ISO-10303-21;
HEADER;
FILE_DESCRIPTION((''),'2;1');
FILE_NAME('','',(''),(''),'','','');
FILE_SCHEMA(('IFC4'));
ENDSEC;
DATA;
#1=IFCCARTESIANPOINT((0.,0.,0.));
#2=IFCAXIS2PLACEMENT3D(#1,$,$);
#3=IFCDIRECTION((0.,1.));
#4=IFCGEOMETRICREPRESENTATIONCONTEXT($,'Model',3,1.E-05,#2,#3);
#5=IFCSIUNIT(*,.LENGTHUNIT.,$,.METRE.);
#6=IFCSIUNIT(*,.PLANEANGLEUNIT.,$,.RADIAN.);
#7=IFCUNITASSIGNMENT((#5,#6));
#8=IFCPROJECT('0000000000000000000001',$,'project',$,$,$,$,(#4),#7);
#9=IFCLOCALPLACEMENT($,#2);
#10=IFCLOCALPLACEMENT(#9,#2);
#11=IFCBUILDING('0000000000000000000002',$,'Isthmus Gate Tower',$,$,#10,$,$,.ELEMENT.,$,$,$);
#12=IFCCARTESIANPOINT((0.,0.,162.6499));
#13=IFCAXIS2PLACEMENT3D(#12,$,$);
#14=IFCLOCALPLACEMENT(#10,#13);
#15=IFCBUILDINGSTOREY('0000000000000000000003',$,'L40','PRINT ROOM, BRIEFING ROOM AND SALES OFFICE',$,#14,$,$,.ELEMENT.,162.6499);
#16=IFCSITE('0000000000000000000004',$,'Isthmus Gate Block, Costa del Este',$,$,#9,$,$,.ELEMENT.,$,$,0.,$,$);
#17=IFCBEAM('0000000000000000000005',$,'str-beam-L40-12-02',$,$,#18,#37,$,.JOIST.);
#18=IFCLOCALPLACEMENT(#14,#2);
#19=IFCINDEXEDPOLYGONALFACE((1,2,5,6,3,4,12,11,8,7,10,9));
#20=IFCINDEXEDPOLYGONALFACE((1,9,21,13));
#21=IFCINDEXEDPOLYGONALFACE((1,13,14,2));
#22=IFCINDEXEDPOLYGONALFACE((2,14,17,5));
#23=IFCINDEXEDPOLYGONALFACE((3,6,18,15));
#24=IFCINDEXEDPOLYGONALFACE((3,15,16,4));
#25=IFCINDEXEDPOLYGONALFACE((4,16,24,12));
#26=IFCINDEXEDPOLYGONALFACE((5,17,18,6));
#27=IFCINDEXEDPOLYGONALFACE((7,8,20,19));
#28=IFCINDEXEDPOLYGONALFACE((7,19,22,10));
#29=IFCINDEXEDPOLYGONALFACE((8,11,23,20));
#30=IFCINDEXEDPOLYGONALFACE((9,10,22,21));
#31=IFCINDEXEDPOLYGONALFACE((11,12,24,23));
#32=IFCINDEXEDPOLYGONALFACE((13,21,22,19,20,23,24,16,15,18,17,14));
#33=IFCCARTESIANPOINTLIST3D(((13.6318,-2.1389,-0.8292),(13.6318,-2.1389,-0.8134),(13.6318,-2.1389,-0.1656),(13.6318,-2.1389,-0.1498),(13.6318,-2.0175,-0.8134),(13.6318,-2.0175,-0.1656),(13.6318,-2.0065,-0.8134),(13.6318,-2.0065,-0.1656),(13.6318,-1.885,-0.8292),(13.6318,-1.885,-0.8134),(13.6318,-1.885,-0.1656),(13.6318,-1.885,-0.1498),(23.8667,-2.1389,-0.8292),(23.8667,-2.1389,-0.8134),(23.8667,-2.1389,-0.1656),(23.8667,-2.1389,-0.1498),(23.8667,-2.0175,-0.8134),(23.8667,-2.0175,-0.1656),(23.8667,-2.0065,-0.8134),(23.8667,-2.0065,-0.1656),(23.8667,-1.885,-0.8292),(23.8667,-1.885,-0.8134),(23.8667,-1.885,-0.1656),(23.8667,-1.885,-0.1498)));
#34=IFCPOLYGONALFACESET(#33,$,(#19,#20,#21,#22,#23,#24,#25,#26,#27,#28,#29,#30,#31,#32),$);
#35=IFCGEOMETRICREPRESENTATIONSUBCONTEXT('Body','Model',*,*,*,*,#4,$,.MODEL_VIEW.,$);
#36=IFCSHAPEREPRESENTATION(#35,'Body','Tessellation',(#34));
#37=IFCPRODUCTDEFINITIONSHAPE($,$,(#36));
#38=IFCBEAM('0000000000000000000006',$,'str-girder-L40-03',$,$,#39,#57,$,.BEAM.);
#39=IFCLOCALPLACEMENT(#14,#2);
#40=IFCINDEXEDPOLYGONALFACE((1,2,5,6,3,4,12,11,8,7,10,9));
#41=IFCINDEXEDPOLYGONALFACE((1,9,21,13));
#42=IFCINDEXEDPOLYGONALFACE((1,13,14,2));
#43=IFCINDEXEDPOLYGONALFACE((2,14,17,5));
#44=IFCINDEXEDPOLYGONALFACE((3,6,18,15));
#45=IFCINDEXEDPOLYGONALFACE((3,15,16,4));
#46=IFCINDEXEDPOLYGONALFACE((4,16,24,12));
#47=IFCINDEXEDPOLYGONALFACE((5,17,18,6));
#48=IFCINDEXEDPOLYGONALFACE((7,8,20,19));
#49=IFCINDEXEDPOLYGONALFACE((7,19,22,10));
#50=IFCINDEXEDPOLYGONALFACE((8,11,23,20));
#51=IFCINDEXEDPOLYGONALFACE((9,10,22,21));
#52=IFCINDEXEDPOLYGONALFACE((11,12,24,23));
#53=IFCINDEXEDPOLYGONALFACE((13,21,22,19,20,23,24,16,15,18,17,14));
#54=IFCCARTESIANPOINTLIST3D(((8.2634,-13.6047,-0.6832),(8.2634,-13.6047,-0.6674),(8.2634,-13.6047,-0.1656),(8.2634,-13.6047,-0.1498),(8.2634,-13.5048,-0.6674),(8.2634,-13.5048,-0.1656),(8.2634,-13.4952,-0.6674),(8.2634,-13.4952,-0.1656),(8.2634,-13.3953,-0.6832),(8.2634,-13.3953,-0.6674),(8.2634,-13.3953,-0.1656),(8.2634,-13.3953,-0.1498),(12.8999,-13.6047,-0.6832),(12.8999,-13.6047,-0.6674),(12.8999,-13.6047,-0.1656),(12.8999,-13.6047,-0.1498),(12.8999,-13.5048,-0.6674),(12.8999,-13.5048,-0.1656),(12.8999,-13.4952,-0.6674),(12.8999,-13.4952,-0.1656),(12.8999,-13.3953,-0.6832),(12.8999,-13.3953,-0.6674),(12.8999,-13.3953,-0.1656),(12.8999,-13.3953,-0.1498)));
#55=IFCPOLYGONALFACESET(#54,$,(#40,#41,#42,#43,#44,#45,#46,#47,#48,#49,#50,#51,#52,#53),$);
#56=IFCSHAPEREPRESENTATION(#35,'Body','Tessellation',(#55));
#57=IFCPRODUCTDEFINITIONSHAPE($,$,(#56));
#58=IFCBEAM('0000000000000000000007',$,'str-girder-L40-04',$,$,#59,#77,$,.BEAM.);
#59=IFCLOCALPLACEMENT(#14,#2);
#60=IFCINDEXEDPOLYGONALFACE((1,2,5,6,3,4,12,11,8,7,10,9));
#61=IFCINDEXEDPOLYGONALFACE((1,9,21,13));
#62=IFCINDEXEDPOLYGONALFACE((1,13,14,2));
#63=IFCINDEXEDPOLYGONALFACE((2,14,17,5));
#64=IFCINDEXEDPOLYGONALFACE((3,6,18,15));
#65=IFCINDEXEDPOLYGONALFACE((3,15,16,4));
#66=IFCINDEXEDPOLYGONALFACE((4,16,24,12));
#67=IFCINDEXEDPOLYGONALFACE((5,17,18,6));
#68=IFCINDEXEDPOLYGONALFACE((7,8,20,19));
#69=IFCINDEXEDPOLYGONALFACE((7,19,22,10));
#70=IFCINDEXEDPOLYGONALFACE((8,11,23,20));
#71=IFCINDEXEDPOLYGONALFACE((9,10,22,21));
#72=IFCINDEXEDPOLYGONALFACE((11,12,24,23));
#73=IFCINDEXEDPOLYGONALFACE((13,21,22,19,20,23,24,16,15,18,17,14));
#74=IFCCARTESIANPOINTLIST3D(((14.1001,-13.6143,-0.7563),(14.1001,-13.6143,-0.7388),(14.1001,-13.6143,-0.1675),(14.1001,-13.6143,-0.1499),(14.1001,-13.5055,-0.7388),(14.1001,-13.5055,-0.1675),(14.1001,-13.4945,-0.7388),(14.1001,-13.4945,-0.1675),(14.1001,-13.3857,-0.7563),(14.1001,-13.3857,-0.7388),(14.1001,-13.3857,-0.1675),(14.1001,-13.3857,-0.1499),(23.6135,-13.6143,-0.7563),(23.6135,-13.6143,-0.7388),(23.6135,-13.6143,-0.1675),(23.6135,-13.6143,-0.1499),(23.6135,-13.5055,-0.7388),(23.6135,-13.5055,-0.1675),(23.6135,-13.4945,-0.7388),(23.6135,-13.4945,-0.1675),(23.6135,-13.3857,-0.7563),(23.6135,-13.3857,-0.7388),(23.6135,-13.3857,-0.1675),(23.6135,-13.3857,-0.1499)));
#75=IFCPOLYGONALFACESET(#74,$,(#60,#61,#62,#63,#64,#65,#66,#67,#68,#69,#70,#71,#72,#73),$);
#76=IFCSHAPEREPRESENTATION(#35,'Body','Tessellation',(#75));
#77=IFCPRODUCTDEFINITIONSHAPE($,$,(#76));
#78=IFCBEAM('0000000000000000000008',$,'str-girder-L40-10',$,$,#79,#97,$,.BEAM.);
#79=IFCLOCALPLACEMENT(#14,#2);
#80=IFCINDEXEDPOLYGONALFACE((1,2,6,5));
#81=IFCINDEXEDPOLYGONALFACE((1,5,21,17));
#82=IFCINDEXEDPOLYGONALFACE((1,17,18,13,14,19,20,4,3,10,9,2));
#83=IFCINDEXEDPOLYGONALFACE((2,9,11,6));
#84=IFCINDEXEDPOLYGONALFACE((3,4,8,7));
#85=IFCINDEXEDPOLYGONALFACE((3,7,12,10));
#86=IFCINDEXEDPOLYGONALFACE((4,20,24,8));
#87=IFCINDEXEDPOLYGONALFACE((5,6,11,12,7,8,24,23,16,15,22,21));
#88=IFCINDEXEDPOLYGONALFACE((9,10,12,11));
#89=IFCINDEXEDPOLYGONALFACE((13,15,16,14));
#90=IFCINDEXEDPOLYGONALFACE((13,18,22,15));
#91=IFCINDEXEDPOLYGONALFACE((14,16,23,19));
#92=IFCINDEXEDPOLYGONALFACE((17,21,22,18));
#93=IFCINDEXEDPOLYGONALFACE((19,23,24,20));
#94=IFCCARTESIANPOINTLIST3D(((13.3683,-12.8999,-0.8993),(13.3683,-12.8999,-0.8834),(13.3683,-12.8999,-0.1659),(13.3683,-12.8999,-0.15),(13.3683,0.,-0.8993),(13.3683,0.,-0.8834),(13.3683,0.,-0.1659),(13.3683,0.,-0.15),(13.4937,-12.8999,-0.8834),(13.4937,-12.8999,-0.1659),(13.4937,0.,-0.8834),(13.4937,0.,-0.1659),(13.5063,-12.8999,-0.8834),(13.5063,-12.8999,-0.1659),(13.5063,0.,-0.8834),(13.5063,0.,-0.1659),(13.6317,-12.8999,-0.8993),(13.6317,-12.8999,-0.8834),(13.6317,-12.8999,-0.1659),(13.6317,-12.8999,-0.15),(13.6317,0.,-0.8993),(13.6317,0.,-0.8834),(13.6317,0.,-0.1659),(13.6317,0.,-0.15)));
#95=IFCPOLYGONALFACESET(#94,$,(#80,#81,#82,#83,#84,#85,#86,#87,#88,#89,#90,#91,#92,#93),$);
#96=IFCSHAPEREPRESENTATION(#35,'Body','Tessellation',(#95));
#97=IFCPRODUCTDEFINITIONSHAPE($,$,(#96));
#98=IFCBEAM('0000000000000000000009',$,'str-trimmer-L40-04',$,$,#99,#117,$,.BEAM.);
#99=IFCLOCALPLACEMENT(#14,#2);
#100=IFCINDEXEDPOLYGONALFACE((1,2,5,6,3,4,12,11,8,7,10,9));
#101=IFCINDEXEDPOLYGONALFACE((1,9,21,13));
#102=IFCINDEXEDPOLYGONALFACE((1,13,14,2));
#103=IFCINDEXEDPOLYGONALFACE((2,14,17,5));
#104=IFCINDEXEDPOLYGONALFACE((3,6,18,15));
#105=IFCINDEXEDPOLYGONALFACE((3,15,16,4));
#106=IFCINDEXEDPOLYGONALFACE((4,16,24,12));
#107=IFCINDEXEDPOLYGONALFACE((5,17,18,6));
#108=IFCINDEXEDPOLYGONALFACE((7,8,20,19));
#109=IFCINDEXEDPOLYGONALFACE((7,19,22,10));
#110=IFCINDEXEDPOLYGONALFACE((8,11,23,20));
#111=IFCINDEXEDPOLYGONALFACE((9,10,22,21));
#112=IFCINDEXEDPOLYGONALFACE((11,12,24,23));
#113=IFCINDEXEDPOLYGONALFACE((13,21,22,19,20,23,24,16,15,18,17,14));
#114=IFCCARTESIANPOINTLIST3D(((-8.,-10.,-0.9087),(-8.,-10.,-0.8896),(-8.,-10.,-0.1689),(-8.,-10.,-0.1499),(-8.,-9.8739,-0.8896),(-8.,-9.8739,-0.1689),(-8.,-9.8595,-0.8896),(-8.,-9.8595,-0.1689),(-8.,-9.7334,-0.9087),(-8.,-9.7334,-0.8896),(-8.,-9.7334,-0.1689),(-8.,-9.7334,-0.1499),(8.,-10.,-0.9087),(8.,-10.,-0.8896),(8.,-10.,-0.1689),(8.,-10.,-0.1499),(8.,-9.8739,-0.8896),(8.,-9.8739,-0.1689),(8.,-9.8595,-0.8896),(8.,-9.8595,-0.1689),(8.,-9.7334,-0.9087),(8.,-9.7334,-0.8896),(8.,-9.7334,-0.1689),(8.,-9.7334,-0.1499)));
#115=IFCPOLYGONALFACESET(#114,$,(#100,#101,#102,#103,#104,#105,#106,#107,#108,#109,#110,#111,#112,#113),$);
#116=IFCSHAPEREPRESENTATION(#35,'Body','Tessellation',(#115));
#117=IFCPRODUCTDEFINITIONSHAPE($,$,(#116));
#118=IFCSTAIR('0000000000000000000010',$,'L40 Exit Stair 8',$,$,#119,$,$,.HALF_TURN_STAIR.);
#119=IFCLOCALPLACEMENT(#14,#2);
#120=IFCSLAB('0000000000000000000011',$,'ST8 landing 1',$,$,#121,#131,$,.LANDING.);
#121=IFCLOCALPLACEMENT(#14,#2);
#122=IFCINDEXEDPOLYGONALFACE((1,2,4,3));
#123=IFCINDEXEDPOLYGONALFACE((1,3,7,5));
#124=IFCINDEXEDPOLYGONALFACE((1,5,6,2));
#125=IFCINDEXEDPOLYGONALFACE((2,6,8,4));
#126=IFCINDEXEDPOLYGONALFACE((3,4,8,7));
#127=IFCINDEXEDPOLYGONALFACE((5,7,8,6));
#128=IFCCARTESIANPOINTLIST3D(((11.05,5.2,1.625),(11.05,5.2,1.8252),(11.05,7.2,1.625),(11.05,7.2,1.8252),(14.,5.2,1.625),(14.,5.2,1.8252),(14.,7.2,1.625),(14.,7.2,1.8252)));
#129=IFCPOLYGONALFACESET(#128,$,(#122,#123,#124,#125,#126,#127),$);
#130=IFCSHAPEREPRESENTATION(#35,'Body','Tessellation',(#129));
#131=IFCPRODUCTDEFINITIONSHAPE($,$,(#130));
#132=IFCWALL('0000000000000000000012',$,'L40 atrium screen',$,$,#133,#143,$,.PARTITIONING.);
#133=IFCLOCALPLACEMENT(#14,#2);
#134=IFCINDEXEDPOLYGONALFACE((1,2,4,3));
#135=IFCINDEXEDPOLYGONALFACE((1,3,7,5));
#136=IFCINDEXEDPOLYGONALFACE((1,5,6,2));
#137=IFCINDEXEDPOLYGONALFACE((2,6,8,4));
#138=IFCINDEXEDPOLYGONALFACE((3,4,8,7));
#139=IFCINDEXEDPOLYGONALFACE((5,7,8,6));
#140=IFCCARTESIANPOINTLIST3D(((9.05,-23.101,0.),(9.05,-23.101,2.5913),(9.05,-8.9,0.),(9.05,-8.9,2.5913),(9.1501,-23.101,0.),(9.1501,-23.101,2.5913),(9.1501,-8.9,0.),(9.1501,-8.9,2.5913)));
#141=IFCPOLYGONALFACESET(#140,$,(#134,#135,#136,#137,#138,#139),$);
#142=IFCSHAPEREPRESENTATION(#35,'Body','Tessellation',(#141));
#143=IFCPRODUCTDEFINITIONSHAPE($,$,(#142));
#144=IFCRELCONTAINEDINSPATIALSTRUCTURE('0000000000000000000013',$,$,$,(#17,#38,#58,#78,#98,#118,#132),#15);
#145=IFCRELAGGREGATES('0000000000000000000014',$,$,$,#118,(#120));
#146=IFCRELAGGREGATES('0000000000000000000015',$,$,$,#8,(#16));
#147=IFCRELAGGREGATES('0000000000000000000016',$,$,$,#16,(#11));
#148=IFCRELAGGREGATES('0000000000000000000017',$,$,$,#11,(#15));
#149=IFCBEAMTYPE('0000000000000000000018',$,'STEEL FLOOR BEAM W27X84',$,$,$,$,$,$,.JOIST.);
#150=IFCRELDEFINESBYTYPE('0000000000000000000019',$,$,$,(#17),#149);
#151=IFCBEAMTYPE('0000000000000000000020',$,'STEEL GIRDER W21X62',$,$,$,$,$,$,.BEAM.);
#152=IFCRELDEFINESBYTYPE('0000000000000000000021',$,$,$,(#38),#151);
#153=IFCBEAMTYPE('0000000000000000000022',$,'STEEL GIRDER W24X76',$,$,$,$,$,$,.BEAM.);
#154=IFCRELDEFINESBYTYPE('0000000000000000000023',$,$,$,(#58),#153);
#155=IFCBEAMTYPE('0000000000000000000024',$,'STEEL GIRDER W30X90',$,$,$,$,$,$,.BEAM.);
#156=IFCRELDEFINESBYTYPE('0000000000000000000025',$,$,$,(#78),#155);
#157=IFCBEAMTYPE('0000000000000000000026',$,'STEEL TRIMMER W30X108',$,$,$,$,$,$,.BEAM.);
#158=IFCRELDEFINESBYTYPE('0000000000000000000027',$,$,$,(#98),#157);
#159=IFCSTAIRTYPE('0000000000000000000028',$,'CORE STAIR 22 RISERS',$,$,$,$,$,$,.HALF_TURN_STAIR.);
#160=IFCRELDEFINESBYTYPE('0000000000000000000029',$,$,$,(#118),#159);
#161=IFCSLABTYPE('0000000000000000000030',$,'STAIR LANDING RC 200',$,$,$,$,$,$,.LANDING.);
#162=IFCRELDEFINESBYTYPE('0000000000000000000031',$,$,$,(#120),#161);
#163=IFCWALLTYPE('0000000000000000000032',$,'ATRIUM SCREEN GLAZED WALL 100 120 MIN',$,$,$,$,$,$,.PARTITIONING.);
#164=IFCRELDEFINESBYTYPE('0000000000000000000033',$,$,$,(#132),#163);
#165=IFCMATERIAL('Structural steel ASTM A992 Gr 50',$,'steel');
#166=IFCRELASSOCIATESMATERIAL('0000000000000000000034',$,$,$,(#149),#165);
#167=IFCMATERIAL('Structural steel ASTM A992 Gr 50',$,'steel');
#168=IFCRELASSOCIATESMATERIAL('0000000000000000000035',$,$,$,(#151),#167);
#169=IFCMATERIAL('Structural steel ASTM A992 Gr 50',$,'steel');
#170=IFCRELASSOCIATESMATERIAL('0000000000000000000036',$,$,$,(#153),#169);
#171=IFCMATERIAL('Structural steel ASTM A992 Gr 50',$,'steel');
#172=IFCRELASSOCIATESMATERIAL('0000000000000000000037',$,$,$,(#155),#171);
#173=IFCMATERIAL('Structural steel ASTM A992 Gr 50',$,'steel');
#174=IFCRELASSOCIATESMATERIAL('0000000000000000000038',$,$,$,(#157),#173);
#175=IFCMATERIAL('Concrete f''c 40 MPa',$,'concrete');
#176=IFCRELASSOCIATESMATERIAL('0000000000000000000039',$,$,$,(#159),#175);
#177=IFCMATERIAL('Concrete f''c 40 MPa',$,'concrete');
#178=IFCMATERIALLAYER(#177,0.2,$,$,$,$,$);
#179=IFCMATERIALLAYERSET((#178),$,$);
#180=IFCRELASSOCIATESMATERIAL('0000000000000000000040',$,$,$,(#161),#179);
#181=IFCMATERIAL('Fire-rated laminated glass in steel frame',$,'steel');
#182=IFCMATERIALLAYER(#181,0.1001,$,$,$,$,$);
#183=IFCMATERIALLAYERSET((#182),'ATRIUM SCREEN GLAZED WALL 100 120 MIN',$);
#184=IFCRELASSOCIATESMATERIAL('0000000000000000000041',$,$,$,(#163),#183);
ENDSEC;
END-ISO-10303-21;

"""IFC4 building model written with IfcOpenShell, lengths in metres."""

from ifc_helpers import new_model, si_unit, direction, frame, frame_2d, origin, origin_2d, place, context, subcontext, project, spatial, polyline, rectangle, i_section, outline, extrude, material, layer, layer_set, material_profile, profile_set, type_object, element, aggregate, save


model = new_model("IFC4")

# Units and contexts
model_context = context("Model", 3, precision=1e-05, world=origin(), true_north=direction((0.0, 1.0)))
body_context = subcontext(model_context, "Body", "Model", "MODEL_VIEW")
ifc_project = project(units=[si_unit("LENGTHUNIT", "METRE"), si_unit("PLANEANGLEUNIT", "RADIAN")], contexts=[model_context])

# Site, building, storey
site_placement = place(None, origin())
site = spatial("IfcSite", under=ifc_project, at=site_placement, Name="Isthmus Gate Block, Costa del Este", CompositionType="ELEMENT", RefElevation=0.0)
building_placement = place(site_placement, origin())
building = spatial("IfcBuilding", under=site, at=building_placement, Name="Isthmus Gate Tower", CompositionType="ELEMENT")
storey_placement = place(building_placement, frame((0.0, 0.0, 162.6499)))
storey = spatial("IfcBuildingStorey", under=building, at=storey_placement, Name="L40", Description="PRINT ROOM, BRIEFING ROOM AND SALES OFFICE", CompositionType="ELEMENT", Elevation=162.6499)

# Beams
ifc_material_1 = material(Name="Structural steel ASTM A992 Gr 50", Category="steel")
ifc_material_profile_1 = material_profile(ifc_material_1, i_section(OverallWidth=0.2539, OverallDepth=0.6794, WebThickness=0.011, FlangeThickness=0.0159, at=origin_2d()), Name="W27X84")
ifc_profile_set_1 = profile_set([ifc_material_profile_1], Name="Structural steel ASTM A992 Gr 50")
beam_type_1 = type_object("IfcBeamType", Name="STEEL FLOOR BEAM W27X84", PredefinedType="JOIST", material=ifc_profile_set_1)
for number, where, z_axis, x_axis, name in (
    (1, (13.6318, -2.012, -0.4895), (1.0, 0.0, 0.0), (0.0, 1.0, 0.0), "str-beam-L40-12-02"),
):
    element("IfcBeam", number, at=place(storey_placement, frame(where, z_axis=z_axis, x_axis=x_axis)), inside=storey, type_object=beam_type_1, Name=name, PredefinedType="JOIST", context=body_context, shape_type="SweptSolid", body=[
        extrude(i_section(OverallWidth=0.2539, OverallDepth=0.6794, WebThickness=0.011, FlangeThickness=0.0159, at=origin_2d()), origin(), (0.0, 0.0, 1.0), 10.2349),
    ])
ifc_material_2 = material(Name="Structural steel ASTM A992 Gr 50", Category="steel")
ifc_material_profile_2 = material_profile(ifc_material_2, i_section(OverallWidth=0.2095, OverallDepth=0.5334, WebThickness=0.0095, FlangeThickness=0.0159, at=origin_2d()), Name="W21X62")
ifc_profile_set_2 = profile_set([ifc_material_profile_2], Name="Structural steel ASTM A992 Gr 50")
beam_type_2 = type_object("IfcBeamType", Name="STEEL GIRDER W21X62", PredefinedType="BEAM", material=ifc_profile_set_2)
beam_1_placement = place(storey_placement, frame((8.2634, -13.5, -0.4165), z_axis=(1.0, 0.0, 0.0), x_axis=(0.0, 1.0, 0.0)))
element("IfcBeam", 2, at=beam_1_placement, inside=storey, type_object=beam_type_2, Name="str-girder-L40-03", PredefinedType="BEAM", context=body_context, shape_type="SweptSolid", body=[
    extrude(i_section(OverallWidth=0.2095, OverallDepth=0.5334, WebThickness=0.0095, FlangeThickness=0.0159, at=origin_2d()), origin(), (0.0, 0.0, 1.0), 4.6365),
])
ifc_material_3 = material(Name="Structural steel ASTM A992 Gr 50", Category="steel")
ifc_material_profile_3 = material_profile(ifc_material_3, i_section(OverallWidth=0.2285, OverallDepth=0.6064, WebThickness=0.011, FlangeThickness=0.0176, at=origin_2d()), Name="W24X76")
ifc_profile_set_3 = profile_set([ifc_material_profile_3], Name="Structural steel ASTM A992 Gr 50")
beam_type_3 = type_object("IfcBeamType", Name="STEEL GIRDER W24X76", PredefinedType="BEAM", material=ifc_profile_set_3)
beam_2_placement = place(storey_placement, frame((14.1001, -13.5, -0.4531), z_axis=(1.0, 0.0, 0.0), x_axis=(0.0, 1.0, 0.0)))
element("IfcBeam", 3, at=beam_2_placement, inside=storey, type_object=beam_type_3, Name="str-girder-L40-04", PredefinedType="BEAM", context=body_context, shape_type="SweptSolid", body=[
    extrude(i_section(OverallWidth=0.2285, OverallDepth=0.6064, WebThickness=0.011, FlangeThickness=0.0176, at=origin_2d()), origin(), (0.0, 0.0, 1.0), 9.5134),
])
ifc_material_4 = material(Name="Structural steel ASTM A992 Gr 50", Category="steel")
ifc_material_profile_4 = material_profile(ifc_material_4, i_section(OverallWidth=0.2634, OverallDepth=0.7493, WebThickness=0.0127, FlangeThickness=0.0159, at=origin_2d()), Name="W30X90")
ifc_profile_set_4 = profile_set([ifc_material_profile_4], Name="Structural steel ASTM A992 Gr 50")
beam_type_4 = type_object("IfcBeamType", Name="STEEL GIRDER W30X90", PredefinedType="BEAM", material=ifc_profile_set_4)
beam_3_placement = place(storey_placement, frame((13.5, -12.8999, -0.5247), z_axis=(0.0, 1.0, 0.0), x_axis=(-1.0, 0.0, 0.0)))
element("IfcBeam", 4, at=beam_3_placement, inside=storey, type_object=beam_type_4, Name="str-girder-L40-10", PredefinedType="BEAM", context=body_context, shape_type="SweptSolid", body=[
    extrude(i_section(OverallWidth=0.2634, OverallDepth=0.7493, WebThickness=0.0127, FlangeThickness=0.0159, at=origin_2d()), origin(), (0.0, 0.0, 1.0), 12.8999),
])
ifc_material_5 = material(Name="Structural steel ASTM A992 Gr 50", Category="steel")
ifc_material_profile_5 = material_profile(ifc_material_5, i_section(OverallWidth=0.2666, OverallDepth=0.7588, WebThickness=0.0144, FlangeThickness=0.019, at=origin_2d()), Name="W30X108")
ifc_profile_set_5 = profile_set([ifc_material_profile_5], Name="Structural steel ASTM A992 Gr 50")
beam_type_5 = type_object("IfcBeamType", Name="STEEL TRIMMER W30X108", PredefinedType="BEAM", material=ifc_profile_set_5)
beam_4_placement = place(storey_placement, frame((8.0, -9.8667, -0.5293), z_axis=(-1.0, 0.0, 0.0), x_axis=(0.0, -1.0, 0.0)))
element("IfcBeam", 5, at=beam_4_placement, inside=storey, type_object=beam_type_5, Name="str-trimmer-L40-04", PredefinedType="BEAM", context=body_context, shape_type="SweptSolid", body=[
    extrude(i_section(OverallWidth=0.2666, OverallDepth=0.7588, WebThickness=0.0144, FlangeThickness=0.019, at=origin_2d()), origin(), (0.0, 0.0, 1.0), 16.0),
])

# Stair, slab
ifc_material_6 = material(Name="Concrete f'c 40 MPa", Category="concrete")
stair_type = type_object("IfcStairType", Name="CORE STAIR 22 RISERS", PredefinedType="HALF_TURN_STAIR", material=ifc_material_6)
stair_placement = place(storey_placement, origin())
stair = element("IfcStair", 6, at=stair_placement, inside=storey, type_object=stair_type, Name="L40 Exit Stair 8", PredefinedType="HALF_TURN_STAIR")
ifc_material_7 = material(Name="Concrete f'c 40 MPa", Category="concrete")
ifc_layer_1 = layer(ifc_material_7, 0.2)
ifc_layer_set_1 = layer_set([ifc_layer_1])
slab_type = type_object("IfcSlabType", Name="STAIR LANDING RC 200", PredefinedType="LANDING", material=ifc_layer_set_1)
slab_placement = place(storey_placement, frame((0.0, 0.0, 1.625)))
slab = element("IfcSlab", 7, at=slab_placement, type_object=slab_type, Name="ST8 landing 1", PredefinedType="LANDING", context=body_context, shape_type="SweptSolid", body=[
    extrude(outline(polyline([(14.0, 5.2), (14.0, 7.2), (11.05, 7.2), (11.05, 5.2), (14.0, 5.2)])), origin(), (0.0, 0.0, 1.0), 0.2002),
])

# Wall
ifc_material_8 = material(Name="Fire-rated laminated glass in steel frame", Category="steel")
ifc_layer_2 = layer(ifc_material_8, 0.1001)
ifc_layer_set_2 = layer_set([ifc_layer_2], Name="ATRIUM SCREEN GLAZED WALL 100 120 MIN")
wall_type_1 = type_object("IfcWallType", Name="ATRIUM SCREEN GLAZED WALL 100 120 MIN", PredefinedType="PARTITIONING", material=ifc_layer_set_2)
wall_1_placement = place(storey_placement, frame((9.1001, -8.8999, 0.0), z_axis=(0.0, 0.0, 1.0), x_axis=(0.0, -1.0, 0.0)))
element("IfcWall", 8, at=wall_1_placement, inside=storey, type_object=wall_type_1, Name="L40 atrium screen", PredefinedType="PARTITIONING", context=body_context, shape_type="SweptSolid", body=[
    extrude(rectangle(XDim=14.2009, YDim=0.1001, at=frame_2d((7.1006, 0.0))), origin(), (0.0, 0.0, 1.0), 2.5913),
])

aggregate(stair, [slab])

save(model, "model.ifc")
